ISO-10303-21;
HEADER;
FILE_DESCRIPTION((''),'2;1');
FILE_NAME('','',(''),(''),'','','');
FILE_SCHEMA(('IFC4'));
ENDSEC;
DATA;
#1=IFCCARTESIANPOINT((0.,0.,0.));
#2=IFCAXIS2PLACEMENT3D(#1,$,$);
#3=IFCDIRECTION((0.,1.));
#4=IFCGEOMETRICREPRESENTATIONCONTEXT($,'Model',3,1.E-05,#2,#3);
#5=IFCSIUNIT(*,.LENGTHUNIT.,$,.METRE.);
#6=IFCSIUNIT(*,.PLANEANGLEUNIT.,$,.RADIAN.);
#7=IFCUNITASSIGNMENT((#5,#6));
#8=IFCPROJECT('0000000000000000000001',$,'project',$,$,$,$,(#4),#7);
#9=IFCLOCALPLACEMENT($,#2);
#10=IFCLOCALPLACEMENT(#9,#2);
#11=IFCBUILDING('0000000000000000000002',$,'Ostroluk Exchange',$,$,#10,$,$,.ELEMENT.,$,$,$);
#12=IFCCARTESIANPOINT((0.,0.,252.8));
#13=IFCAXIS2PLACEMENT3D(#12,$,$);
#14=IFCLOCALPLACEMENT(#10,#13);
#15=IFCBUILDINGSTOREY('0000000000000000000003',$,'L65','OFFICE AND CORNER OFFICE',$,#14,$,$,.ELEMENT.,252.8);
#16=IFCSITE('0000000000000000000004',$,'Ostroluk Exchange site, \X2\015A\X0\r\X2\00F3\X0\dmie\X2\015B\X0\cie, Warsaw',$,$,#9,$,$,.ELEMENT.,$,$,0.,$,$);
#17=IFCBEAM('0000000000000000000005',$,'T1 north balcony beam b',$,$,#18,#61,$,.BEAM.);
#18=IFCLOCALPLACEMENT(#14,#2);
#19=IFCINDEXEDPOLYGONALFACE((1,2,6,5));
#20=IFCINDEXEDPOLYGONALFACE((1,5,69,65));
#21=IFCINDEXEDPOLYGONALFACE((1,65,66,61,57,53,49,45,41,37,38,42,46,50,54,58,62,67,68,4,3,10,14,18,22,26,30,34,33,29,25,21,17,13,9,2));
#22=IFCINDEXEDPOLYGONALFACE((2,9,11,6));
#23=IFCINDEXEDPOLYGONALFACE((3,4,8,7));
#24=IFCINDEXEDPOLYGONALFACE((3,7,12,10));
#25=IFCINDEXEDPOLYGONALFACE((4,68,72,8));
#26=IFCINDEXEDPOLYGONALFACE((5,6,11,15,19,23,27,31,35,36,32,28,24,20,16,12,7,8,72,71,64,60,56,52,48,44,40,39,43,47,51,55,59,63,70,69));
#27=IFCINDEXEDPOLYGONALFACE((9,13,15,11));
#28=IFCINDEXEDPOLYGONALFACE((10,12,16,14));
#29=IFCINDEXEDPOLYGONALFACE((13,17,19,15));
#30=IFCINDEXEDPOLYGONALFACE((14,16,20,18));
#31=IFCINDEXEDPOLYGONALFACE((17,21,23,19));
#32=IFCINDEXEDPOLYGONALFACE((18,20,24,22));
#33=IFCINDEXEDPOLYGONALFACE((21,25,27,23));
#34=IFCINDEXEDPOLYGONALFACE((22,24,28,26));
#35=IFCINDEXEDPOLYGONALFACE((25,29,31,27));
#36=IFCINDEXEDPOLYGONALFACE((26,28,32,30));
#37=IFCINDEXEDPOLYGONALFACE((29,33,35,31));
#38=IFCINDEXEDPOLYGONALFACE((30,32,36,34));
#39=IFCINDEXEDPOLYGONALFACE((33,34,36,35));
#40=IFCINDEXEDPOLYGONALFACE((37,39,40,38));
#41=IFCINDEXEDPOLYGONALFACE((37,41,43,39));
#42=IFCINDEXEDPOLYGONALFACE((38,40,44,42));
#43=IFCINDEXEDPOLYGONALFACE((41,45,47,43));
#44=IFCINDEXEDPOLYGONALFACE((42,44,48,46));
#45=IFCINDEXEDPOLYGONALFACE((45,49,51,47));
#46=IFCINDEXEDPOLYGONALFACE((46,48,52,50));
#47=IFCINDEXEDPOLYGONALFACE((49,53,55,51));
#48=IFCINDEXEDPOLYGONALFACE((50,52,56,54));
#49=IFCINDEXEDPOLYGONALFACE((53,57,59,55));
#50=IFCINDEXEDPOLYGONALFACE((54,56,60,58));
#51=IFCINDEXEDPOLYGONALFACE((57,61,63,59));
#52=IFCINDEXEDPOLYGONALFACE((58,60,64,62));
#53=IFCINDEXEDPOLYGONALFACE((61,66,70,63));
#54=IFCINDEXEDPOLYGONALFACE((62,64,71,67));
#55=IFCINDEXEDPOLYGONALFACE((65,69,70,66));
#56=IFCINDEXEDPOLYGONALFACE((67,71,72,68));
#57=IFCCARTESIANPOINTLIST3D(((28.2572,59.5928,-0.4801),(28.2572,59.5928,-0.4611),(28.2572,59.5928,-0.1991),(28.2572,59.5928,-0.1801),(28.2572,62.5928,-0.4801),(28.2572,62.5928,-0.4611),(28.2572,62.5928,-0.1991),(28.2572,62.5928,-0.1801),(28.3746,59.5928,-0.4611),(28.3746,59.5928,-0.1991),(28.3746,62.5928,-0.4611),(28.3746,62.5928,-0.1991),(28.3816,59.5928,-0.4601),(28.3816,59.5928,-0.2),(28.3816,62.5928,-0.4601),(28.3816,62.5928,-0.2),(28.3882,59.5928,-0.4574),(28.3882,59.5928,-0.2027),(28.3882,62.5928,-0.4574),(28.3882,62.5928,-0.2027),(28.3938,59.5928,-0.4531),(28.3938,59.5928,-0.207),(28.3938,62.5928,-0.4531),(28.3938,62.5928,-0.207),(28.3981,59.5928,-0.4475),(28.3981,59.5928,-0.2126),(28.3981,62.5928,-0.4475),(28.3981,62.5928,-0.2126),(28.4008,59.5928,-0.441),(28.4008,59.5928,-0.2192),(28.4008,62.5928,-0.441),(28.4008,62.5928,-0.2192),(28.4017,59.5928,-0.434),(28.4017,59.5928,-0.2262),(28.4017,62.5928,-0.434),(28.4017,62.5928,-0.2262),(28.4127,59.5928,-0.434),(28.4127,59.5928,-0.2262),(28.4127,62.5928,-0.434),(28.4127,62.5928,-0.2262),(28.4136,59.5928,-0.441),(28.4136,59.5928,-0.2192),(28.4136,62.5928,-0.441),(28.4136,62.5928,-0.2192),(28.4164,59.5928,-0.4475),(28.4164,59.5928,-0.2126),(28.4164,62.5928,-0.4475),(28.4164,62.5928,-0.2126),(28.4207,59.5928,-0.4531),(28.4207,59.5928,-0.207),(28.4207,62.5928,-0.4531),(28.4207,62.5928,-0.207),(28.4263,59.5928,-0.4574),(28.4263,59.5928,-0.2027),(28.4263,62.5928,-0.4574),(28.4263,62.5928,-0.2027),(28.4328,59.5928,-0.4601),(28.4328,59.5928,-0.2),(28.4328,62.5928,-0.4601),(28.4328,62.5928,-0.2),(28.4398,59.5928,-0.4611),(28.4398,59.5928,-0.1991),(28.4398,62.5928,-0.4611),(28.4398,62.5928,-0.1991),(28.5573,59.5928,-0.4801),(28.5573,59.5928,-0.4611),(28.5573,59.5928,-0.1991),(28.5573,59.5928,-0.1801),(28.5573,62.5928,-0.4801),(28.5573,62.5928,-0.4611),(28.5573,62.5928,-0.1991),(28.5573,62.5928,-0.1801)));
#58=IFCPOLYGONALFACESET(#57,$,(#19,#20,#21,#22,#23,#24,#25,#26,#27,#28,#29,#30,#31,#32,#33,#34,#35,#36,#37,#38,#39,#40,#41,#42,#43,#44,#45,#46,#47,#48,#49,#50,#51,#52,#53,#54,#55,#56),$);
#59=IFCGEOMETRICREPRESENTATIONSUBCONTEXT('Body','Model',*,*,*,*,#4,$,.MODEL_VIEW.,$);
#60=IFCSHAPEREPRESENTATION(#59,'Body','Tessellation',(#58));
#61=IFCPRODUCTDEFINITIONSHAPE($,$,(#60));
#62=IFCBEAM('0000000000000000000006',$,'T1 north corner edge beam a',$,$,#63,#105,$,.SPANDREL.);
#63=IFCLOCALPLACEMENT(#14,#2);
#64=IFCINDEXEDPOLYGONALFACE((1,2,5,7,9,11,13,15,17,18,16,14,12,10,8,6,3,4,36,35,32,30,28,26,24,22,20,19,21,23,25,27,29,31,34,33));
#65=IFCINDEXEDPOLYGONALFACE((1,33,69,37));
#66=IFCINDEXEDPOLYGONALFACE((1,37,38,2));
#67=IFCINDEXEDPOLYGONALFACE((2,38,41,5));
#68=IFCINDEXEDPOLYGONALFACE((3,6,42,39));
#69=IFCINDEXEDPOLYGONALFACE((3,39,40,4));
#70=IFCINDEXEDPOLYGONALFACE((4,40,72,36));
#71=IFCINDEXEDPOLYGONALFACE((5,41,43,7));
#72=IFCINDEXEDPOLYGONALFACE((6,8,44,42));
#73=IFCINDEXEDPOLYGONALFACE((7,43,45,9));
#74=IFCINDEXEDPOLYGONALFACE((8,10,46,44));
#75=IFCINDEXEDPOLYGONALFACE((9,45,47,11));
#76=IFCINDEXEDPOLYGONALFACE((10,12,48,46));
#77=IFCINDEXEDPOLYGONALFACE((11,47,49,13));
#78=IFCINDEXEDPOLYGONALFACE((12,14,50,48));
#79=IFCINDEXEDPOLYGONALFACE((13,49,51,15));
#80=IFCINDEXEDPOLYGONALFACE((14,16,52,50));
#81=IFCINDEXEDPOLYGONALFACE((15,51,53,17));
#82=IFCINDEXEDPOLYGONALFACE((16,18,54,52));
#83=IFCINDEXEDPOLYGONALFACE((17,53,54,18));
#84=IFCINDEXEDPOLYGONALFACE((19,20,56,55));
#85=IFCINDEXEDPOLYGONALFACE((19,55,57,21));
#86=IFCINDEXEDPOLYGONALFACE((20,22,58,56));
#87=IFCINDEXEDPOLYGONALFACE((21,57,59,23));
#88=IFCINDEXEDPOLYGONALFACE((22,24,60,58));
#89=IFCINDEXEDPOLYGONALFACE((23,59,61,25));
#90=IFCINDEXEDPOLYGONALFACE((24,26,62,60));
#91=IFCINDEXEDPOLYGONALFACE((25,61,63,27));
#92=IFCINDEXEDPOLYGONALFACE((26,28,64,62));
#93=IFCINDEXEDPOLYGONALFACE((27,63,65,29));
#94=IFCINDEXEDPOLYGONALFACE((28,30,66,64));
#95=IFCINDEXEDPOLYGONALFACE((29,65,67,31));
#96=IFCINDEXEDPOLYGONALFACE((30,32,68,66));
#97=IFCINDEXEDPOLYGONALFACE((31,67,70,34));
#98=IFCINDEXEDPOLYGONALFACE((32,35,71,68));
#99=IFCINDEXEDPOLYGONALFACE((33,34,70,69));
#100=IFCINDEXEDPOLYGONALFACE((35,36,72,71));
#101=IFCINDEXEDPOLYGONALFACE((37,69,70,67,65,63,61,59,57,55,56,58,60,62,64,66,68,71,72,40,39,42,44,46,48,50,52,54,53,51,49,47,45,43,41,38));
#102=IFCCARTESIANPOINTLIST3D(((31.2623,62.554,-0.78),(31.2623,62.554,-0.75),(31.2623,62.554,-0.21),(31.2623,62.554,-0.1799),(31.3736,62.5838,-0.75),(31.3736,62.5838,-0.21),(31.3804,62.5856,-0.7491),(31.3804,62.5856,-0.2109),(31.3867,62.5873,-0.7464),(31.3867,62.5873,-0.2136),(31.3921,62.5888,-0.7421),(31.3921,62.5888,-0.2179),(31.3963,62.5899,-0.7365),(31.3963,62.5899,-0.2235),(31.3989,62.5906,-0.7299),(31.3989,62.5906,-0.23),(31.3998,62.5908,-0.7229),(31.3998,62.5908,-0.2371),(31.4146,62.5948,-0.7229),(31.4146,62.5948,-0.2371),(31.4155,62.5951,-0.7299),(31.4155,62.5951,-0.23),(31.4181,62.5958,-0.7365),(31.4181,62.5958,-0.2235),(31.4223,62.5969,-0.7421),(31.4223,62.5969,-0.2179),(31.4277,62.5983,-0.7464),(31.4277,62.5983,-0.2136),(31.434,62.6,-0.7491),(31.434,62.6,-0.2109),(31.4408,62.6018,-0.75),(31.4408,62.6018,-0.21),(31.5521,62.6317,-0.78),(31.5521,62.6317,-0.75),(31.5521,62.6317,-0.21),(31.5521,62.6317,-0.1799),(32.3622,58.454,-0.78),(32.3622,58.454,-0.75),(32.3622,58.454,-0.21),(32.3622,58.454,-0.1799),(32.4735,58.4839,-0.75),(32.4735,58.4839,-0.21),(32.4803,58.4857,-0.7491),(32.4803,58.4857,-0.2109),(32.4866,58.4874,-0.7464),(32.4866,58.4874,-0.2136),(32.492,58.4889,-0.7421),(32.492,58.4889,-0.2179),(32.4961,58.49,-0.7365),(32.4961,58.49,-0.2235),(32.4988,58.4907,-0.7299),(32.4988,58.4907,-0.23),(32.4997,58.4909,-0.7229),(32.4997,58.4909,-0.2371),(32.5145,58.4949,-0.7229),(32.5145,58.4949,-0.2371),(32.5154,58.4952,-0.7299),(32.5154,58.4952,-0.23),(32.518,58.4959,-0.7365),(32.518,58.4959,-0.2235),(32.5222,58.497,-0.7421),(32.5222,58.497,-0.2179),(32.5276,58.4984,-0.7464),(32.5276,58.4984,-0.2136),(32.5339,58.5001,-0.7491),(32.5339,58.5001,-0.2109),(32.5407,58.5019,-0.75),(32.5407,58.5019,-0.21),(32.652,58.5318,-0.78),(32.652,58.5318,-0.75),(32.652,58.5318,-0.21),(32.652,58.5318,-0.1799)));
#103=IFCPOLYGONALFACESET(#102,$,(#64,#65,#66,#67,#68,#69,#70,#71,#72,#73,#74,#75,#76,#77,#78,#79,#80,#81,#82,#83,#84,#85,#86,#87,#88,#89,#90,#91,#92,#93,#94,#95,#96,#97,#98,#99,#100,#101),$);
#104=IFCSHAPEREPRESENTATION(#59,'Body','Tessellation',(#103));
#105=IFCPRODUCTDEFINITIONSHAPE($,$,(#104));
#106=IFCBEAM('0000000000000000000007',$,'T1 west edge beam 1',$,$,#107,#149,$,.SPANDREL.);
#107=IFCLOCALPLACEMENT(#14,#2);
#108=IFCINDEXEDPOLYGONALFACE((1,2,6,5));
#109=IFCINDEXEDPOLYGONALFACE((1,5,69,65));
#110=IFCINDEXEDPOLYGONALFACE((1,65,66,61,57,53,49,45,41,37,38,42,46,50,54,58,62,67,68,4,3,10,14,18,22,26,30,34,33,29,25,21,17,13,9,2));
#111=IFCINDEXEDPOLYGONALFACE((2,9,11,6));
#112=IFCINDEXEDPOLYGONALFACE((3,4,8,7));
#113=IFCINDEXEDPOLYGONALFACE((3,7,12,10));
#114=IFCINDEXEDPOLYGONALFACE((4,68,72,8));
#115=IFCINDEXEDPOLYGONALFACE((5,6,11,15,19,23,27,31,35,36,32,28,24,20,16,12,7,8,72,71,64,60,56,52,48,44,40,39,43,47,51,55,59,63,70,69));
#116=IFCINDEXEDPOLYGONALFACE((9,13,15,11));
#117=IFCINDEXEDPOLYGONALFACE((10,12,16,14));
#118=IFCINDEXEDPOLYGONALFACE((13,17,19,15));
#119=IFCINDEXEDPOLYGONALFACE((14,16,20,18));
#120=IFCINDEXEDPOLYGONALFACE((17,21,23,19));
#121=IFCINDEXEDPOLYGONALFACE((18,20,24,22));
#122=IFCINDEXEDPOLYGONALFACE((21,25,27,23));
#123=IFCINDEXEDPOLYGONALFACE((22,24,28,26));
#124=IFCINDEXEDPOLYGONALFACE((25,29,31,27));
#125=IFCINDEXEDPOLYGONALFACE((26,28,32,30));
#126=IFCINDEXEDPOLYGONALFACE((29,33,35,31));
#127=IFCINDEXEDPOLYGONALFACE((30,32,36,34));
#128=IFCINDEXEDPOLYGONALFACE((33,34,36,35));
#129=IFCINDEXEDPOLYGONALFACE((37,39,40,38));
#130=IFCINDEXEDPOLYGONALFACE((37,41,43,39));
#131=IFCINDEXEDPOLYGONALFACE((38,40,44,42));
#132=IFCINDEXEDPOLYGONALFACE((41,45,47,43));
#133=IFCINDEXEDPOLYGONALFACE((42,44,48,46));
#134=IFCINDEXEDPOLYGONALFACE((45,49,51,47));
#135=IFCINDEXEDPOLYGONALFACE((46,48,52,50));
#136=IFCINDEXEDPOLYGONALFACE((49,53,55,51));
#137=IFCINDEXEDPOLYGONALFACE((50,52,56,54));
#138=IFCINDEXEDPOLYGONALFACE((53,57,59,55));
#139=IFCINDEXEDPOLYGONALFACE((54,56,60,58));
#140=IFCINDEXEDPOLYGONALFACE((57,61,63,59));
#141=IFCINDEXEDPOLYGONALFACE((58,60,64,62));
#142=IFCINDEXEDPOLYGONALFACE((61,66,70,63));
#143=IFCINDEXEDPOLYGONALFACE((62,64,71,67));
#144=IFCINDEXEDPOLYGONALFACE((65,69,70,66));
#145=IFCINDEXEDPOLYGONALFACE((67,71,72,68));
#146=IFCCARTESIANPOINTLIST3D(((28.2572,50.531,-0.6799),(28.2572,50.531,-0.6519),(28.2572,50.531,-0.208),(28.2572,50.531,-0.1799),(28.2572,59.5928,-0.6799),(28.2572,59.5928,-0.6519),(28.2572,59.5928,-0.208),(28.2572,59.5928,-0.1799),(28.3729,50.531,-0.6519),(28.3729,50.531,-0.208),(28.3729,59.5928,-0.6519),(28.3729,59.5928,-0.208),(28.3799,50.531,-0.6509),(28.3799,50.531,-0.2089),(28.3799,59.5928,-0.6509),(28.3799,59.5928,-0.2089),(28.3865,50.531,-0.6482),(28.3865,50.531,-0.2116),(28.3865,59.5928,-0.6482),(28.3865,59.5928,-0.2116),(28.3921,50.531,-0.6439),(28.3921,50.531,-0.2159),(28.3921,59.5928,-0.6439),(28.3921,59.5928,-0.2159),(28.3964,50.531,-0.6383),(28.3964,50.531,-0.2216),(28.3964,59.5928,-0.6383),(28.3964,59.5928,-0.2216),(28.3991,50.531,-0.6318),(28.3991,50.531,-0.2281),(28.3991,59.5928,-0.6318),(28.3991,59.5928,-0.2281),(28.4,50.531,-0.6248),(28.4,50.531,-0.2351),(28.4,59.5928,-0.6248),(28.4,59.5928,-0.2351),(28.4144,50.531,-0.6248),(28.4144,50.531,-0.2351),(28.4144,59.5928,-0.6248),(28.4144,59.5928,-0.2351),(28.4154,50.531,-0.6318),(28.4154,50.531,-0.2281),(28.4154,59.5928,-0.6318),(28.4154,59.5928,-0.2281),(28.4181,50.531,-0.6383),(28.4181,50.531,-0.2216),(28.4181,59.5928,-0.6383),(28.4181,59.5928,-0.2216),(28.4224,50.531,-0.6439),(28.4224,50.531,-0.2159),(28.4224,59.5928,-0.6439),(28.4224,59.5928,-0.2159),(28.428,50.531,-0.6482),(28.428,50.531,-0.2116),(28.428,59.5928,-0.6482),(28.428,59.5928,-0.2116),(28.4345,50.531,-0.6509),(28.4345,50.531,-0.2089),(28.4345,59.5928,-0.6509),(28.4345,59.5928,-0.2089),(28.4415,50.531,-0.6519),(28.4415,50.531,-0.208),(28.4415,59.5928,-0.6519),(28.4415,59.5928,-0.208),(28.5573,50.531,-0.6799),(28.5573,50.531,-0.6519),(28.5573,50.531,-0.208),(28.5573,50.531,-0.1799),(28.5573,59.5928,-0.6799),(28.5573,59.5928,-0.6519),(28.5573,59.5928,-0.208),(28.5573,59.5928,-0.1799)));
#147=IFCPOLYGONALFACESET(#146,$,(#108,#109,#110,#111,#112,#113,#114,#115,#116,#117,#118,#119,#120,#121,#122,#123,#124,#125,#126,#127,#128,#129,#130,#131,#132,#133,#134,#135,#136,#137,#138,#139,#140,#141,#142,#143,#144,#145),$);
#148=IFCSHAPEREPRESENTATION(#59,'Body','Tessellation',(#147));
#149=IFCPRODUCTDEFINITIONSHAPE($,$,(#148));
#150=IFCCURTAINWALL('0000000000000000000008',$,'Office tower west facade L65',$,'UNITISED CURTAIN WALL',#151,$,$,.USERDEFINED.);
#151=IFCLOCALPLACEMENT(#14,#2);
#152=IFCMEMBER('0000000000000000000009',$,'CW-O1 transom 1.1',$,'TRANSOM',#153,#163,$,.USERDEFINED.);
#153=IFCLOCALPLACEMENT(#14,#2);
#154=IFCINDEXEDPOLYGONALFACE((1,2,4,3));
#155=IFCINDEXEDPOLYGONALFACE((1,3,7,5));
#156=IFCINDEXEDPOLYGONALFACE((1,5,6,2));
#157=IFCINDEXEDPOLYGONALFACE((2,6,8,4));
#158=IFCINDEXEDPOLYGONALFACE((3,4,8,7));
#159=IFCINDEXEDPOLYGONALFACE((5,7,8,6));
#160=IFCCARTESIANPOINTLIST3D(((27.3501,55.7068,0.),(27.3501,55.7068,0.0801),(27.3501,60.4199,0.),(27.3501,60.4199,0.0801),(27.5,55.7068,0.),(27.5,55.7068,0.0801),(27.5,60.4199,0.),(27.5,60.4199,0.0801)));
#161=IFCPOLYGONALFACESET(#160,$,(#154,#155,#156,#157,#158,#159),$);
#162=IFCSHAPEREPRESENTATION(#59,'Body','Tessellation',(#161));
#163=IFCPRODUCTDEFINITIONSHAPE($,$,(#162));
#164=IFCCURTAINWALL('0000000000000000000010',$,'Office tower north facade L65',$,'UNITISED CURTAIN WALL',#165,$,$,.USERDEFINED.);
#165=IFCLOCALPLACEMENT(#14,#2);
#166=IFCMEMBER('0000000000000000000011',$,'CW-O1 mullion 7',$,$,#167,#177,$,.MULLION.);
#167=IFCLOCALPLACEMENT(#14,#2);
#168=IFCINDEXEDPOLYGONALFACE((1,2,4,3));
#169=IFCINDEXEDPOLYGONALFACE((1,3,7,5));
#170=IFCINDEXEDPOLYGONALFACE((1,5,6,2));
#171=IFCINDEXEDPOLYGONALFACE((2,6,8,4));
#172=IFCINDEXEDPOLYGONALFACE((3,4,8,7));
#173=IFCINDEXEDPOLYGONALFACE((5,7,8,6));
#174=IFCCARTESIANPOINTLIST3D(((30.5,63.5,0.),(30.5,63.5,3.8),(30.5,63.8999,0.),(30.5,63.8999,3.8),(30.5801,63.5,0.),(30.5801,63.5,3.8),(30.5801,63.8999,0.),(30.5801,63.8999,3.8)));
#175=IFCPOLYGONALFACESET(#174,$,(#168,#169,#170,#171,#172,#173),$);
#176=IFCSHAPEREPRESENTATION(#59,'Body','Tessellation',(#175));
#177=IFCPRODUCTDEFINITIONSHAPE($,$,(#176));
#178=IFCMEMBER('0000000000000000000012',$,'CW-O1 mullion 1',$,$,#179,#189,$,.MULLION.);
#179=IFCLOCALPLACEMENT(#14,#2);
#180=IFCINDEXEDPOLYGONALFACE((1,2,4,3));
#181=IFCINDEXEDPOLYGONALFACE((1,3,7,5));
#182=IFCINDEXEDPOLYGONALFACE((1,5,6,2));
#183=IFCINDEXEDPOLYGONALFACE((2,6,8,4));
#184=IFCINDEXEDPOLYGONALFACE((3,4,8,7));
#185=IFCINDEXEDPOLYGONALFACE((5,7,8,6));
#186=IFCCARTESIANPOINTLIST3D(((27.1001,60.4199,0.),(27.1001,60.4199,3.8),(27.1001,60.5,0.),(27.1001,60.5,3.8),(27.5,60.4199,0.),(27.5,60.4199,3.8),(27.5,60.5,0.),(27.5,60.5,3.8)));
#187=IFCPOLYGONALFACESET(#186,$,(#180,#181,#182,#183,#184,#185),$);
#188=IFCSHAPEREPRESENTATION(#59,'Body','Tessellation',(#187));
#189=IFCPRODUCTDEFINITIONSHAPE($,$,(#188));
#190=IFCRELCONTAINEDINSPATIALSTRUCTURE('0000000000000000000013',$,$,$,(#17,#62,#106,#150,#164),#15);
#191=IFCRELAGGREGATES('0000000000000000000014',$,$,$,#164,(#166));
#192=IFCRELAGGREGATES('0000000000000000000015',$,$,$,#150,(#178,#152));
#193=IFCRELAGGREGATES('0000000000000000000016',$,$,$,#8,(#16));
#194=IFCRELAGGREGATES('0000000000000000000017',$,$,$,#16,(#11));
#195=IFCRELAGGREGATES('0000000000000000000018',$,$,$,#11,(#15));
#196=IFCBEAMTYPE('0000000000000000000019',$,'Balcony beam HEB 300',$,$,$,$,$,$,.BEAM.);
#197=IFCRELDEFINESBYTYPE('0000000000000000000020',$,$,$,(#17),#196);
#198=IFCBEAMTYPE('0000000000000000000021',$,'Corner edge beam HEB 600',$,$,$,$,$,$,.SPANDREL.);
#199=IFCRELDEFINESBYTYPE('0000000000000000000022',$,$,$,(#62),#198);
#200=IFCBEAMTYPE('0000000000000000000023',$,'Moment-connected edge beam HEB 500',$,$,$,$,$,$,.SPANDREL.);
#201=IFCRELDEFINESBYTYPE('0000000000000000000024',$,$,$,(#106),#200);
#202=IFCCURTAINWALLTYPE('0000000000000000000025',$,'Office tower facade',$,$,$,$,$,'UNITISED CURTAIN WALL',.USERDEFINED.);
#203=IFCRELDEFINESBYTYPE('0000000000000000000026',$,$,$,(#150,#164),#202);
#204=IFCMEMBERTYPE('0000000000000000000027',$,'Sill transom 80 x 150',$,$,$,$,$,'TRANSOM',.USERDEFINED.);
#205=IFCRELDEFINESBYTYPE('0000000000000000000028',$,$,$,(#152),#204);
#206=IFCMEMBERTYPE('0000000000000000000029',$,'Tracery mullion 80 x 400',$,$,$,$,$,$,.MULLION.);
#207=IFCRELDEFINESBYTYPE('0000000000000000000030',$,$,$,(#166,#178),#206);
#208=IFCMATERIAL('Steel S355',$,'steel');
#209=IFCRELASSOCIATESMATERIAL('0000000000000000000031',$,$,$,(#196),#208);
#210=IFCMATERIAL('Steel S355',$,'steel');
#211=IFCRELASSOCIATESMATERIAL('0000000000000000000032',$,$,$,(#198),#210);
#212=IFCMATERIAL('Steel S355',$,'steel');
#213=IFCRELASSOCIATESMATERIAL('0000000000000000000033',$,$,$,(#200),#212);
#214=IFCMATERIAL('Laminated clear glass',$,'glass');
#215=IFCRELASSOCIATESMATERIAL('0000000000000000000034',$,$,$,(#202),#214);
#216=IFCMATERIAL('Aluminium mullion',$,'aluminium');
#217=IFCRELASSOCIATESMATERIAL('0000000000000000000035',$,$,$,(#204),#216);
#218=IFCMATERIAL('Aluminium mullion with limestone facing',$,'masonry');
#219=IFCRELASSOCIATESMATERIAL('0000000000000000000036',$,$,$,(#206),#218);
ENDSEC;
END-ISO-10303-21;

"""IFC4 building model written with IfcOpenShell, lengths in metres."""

from ifc_helpers import new_model, si_unit, direction, frame, origin, origin_2d, place, context, subcontext, project, spatial, rectangle, i_section, extrude, material, material_profile, profile_set, type_object, element, aggregate, save


model = new_model("IFC4")

# Units and contexts
model_context = context("Model", 3, precision=1e-05, world=origin(), true_north=direction((0.0, 1.0)))
body_context = subcontext(model_context, "Body", "Model", "MODEL_VIEW")
ifc_project = project(units=[si_unit("LENGTHUNIT", "METRE"), si_unit("PLANEANGLEUNIT", "RADIAN")], contexts=[model_context])

# Site, building, storey
site_placement = place(None, origin())
site = spatial("IfcSite", under=ifc_project, at=site_placement, Name="Ostroluk Exchange site, Śródmieście, Warsaw", CompositionType="ELEMENT", RefElevation=0.0)
building_placement = place(site_placement, origin())
building = spatial("IfcBuilding", under=site, at=building_placement, Name="Ostroluk Exchange", CompositionType="ELEMENT")
storey_placement = place(building_placement, frame((0.0, 0.0, 252.8)))
storey = spatial("IfcBuildingStorey", under=building, at=storey_placement, Name="L65", Description="OFFICE AND CORNER OFFICE", CompositionType="ELEMENT", Elevation=252.8)

# Beams
ifc_material_1 = material(Name="Steel S355", Category="steel")
ifc_material_profile_1 = material_profile(ifc_material_1, i_section(OverallWidth=0.3, OverallDepth=0.3, WebThickness=0.011, FlangeThickness=0.019, FilletRadius=0.0271, at=origin_2d()), Name="HEB 300")
ifc_profile_set_1 = profile_set([ifc_material_profile_1], Name="Steel S355")
beam_type_1 = type_object("IfcBeamType", Name="Balcony beam HEB 300", PredefinedType="BEAM", material=ifc_profile_set_1)
for number, where, z_axis, x_axis, name in (
    (1, (28.4072, 59.5928, -0.3301), (0.0, 1.0, 0.0), (-1.0, 0.0, 0.0), "T1 north balcony beam b"),
):
    element("IfcBeam", number, at=place(storey_placement, frame(where, z_axis=z_axis, x_axis=x_axis)), inside=storey, type_object=beam_type_1, Name=name, PredefinedType="BEAM", context=body_context, shape_type="SweptSolid", body=[
        extrude(i_section(OverallWidth=0.3, OverallDepth=0.3, WebThickness=0.011, FlangeThickness=0.019, FilletRadius=0.0271, at=origin_2d()), origin(), (0.0, 0.0, 1.0), 3.0),
    ])
ifc_material_2 = material(Name="Steel S355", Category="steel")
ifc_material_profile_2 = material_profile(ifc_material_2, i_section(OverallWidth=0.3, OverallDepth=0.6001, WebThickness=0.0154, FlangeThickness=0.03, FilletRadius=0.0271, at=origin_2d()), Name="HEB 600")
ifc_profile_set_2 = profile_set([ifc_material_profile_2], Name="Steel S355")
beam_type_2 = type_object("IfcBeamType", Name="Corner edge beam HEB 600", PredefinedType="SPANDREL", material=ifc_profile_set_2)
beam_1_placement = place(storey_placement, frame((32.5071, 58.4929, -0.48), z_axis=(-0.259105, 0.965849, 0.0), x_axis=(-0.965849, -0.259105, 0.0)))
element("IfcBeam", 2, at=beam_1_placement, inside=storey, type_object=beam_type_2, Name="T1 north corner edge beam a", PredefinedType="SPANDREL", context=body_context, shape_type="SweptSolid", body=[
    extrude(i_section(OverallWidth=0.3, OverallDepth=0.6001, WebThickness=0.0154, FlangeThickness=0.03, FilletRadius=0.0271, at=origin_2d()), origin(), (0.0, 0.0, 1.0), 4.2449),
])
ifc_material_3 = material(Name="Steel S355", Category="steel")
ifc_material_profile_3 = material_profile(ifc_material_3, i_section(OverallWidth=0.3, OverallDepth=0.5, WebThickness=0.0144, FlangeThickness=0.0281, FilletRadius=0.0271, at=origin_2d()), Name="HEB 500")
ifc_profile_set_3 = profile_set([ifc_material_profile_3], Name="Steel S355")
beam_type_3 = type_object("IfcBeamType", Name="Moment-connected edge beam HEB 500", PredefinedType="SPANDREL", material=ifc_profile_set_3)
beam_2_placement = place(storey_placement, frame((28.4072, 59.5928, -0.4299), z_axis=(0.0, -1.0, 0.0), x_axis=(1.0, 0.0, 0.0)))
element("IfcBeam", 3, at=beam_2_placement, inside=storey, type_object=beam_type_3, Name="T1 west edge beam 1", PredefinedType="SPANDREL", context=body_context, shape_type="SweptSolid", body=[
    extrude(i_section(OverallWidth=0.3, OverallDepth=0.5, WebThickness=0.0144, FlangeThickness=0.0281, FilletRadius=0.0271, at=origin_2d()), origin(), (0.0, 0.0, 1.0), 9.0618),
])

# Curtain walls, members
ifc_material_4 = material(Name="Laminated clear glass", Category="glass")
curtain_wall_type = type_object("IfcCurtainWallType", Name="Office tower facade", ElementType="UNITISED CURTAIN WALL", PredefinedType="USERDEFINED", material=ifc_material_4)
curtain_wall_1_placement = place(storey_placement, origin())
curtain_wall_1 = element("IfcCurtainWall", 4, at=curtain_wall_1_placement, inside=storey, type_object=curtain_wall_type, Name="Office tower west facade L65", ObjectType="UNITISED CURTAIN WALL", PredefinedType="USERDEFINED")
ifc_material_5 = material(Name="Aluminium mullion", Category="aluminium")
ifc_material_profile_4 = material_profile(ifc_material_5, rectangle(XDim=0.1499, YDim=0.0801, at=origin_2d()), Name="Sill transom 80 x 150")
ifc_profile_set_4 = profile_set([ifc_material_profile_4], Name="Aluminium mullion")
member_type_1 = type_object("IfcMemberType", Name="Sill transom 80 x 150", ElementType="TRANSOM", PredefinedType="USERDEFINED", material=ifc_profile_set_4)
member_1_placement = place(storey_placement, frame((27.425, 60.4199, 0.04), z_axis=(0.0, -1.0, 0.0), x_axis=(1.0, 0.0, 0.0)))
member_1 = element("IfcMember", 5, at=member_1_placement, type_object=member_type_1, Name="CW-O1 transom 1.1", ObjectType="TRANSOM", PredefinedType="USERDEFINED", context=body_context, shape_type="SweptSolid", body=[
    extrude(rectangle(XDim=0.1499, YDim=0.0801, at=origin_2d()), origin(), (0.0, 0.0, 1.0), 4.7131),
])
curtain_wall_2_placement = place(storey_placement, origin())
curtain_wall_2 = element("IfcCurtainWall", 6, at=curtain_wall_2_placement, inside=storey, type_object=curtain_wall_type, Name="Office tower north facade L65", ObjectType="UNITISED CURTAIN WALL", PredefinedType="USERDEFINED")
ifc_material_6 = material(Name="Aluminium mullion with limestone facing", Category="masonry")
ifc_material_profile_5 = material_profile(ifc_material_6, rectangle(XDim=0.3999, YDim=0.0801, at=origin_2d()), Name="Tracery mullion 80 x 400")
ifc_profile_set_5 = profile_set([ifc_material_profile_5], Name="Aluminium mullion with limestone facing")
member_type_2 = type_object("IfcMemberType", Name="Tracery mullion 80 x 400", PredefinedType="MULLION", material=ifc_profile_set_5)
member_2_placement = place(storey_placement, frame((30.54, 63.7, 0.0), z_axis=(0.0, 0.0, 1.0), x_axis=(0.0, -1.0, 0.0)))
member_2 = element("IfcMember", 7, at=member_2_placement, type_object=member_type_2, Name="CW-O1 mullion 7", PredefinedType="MULLION", context=body_context, shape_type="SweptSolid", body=[
    extrude(rectangle(XDim=0.3999, YDim=0.0801, at=origin_2d()), origin(), (0.0, 0.0, 1.0), 3.8),
])
aggregate(curtain_wall_2, [member_2])

# Member
member_3_placement = place(storey_placement, frame((27.3, 60.46, 0.0), z_axis=(0.0, 0.0, 1.0), x_axis=(1.0, 0.0, 0.0)))
member_3 = element("IfcMember", 8, at=member_3_placement, type_object=member_type_2, Name="CW-O1 mullion 1", PredefinedType="MULLION", context=body_context, shape_type="SweptSolid", body=[
    extrude(rectangle(XDim=0.3999, YDim=0.0801, at=origin_2d()), origin(), (0.0, 0.0, 1.0), 3.8),
])

aggregate(curtain_wall_1, [member_3, member_1])

save(model, "model.ifc")
